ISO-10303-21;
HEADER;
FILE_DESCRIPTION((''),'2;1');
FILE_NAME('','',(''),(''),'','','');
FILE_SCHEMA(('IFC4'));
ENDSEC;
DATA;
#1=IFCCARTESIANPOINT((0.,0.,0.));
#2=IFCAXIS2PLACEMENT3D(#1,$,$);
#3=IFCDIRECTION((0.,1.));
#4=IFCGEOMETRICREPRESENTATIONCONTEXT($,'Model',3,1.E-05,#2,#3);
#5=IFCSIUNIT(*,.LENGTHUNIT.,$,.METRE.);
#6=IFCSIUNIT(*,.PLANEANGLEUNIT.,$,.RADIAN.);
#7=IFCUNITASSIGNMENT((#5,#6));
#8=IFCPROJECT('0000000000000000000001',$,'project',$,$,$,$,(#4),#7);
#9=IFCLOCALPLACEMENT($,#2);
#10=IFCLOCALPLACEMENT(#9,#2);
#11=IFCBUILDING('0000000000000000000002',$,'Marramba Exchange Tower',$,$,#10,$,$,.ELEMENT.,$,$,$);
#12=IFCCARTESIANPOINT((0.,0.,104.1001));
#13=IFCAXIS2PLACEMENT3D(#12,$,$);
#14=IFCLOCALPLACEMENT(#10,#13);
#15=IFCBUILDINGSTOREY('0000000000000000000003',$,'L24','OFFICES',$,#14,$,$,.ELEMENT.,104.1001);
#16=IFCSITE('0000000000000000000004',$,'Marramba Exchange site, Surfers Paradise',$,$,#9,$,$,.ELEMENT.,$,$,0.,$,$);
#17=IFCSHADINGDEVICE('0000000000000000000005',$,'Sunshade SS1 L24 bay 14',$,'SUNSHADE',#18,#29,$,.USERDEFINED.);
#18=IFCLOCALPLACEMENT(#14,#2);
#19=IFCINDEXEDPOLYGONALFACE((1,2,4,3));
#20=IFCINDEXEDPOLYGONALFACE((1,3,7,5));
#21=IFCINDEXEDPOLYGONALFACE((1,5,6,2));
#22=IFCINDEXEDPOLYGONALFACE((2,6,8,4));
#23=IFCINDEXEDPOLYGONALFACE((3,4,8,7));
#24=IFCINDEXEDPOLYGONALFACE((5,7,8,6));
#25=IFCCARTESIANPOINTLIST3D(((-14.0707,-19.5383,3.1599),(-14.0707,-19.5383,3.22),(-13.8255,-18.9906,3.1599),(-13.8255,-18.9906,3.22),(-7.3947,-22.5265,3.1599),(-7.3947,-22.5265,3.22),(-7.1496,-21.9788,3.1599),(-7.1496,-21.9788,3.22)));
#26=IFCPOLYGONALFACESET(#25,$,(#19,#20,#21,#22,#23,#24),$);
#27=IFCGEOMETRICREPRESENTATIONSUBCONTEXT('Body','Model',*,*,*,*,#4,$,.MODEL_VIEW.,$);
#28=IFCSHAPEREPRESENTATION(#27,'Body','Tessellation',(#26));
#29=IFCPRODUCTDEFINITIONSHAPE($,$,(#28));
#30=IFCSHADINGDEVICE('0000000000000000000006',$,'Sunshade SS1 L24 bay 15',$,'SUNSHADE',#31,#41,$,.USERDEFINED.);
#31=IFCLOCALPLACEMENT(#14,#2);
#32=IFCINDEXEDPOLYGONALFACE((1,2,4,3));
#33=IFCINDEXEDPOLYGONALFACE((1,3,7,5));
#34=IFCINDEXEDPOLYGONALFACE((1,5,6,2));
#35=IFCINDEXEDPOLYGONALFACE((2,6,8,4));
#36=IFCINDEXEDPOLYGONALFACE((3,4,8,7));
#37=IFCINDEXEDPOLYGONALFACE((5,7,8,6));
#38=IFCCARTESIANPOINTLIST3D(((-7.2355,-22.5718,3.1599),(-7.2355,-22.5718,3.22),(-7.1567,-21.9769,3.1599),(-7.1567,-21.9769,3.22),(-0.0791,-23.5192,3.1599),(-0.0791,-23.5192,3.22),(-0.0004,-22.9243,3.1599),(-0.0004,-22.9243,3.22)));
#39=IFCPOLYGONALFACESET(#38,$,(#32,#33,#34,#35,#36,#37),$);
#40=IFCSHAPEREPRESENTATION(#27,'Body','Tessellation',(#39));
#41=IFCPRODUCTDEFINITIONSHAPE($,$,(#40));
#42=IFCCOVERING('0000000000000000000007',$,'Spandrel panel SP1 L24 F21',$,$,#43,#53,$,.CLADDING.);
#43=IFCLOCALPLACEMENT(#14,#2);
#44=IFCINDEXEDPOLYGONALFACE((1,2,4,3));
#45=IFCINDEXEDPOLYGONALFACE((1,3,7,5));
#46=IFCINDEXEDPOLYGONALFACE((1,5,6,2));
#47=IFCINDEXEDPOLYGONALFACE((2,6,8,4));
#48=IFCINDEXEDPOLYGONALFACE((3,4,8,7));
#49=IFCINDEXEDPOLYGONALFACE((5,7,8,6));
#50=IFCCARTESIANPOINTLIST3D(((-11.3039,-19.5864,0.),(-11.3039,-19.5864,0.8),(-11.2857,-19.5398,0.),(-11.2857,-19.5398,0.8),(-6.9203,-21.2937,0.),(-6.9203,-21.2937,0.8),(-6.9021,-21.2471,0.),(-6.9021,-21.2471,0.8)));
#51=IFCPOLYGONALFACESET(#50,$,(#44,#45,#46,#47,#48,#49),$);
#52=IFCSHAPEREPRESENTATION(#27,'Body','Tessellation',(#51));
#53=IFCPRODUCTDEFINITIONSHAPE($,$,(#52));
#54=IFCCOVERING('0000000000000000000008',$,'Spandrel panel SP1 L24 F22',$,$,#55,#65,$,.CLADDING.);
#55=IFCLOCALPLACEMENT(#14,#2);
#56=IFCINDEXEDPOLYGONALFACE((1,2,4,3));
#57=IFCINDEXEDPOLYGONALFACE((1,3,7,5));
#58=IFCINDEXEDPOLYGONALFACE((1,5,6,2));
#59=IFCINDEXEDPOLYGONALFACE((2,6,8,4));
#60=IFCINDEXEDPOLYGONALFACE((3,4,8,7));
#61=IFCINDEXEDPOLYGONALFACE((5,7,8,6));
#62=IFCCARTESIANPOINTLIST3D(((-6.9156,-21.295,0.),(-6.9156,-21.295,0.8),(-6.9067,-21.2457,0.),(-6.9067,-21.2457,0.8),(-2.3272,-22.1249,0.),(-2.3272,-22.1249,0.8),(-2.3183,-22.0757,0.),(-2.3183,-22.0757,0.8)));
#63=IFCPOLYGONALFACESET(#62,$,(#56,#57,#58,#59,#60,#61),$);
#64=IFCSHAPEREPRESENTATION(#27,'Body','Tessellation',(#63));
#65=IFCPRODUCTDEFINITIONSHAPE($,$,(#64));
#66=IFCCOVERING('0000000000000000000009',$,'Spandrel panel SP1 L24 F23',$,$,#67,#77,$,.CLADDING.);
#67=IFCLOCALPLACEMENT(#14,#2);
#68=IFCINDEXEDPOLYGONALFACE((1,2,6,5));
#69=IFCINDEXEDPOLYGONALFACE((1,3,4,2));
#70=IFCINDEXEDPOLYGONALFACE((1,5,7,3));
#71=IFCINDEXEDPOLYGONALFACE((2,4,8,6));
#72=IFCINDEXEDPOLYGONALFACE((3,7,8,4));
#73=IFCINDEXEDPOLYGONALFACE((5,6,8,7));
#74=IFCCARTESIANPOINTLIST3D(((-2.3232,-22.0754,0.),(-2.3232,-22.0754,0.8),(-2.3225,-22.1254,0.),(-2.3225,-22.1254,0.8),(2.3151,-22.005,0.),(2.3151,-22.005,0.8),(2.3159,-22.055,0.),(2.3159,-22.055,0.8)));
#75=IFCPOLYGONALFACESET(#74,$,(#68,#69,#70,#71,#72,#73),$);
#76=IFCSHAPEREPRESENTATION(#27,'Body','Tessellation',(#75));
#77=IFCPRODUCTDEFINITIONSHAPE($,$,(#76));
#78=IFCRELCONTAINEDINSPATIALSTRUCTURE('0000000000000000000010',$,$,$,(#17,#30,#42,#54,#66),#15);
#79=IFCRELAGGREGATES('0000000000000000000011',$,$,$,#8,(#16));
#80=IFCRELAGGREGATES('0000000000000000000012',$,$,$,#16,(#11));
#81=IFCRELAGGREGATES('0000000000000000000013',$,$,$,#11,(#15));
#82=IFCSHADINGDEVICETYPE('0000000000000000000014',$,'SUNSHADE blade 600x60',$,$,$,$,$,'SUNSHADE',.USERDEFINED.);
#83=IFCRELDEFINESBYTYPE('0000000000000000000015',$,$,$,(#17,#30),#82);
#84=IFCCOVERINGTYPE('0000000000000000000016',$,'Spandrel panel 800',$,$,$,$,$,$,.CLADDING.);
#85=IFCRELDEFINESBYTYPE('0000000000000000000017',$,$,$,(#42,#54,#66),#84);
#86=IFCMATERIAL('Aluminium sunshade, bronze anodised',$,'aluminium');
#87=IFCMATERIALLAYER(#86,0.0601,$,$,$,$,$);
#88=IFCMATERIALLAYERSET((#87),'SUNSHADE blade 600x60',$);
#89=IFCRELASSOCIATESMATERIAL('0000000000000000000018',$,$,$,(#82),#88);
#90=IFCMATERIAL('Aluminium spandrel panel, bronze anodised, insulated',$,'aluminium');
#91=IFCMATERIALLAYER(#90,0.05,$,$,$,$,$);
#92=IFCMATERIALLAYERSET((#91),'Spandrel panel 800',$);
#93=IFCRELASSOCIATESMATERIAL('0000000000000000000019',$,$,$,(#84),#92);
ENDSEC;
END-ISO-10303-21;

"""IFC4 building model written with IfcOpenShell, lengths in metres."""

from ifc_helpers import new_model, si_unit, direction, frame, origin, origin_2d, place, context, subcontext, project, spatial, rectangle, extrude, material, layer, layer_set, type_object, element, save


model = new_model("IFC4")

# Units and contexts
model_context = context("Model", 3, precision=1e-05, world=origin(), true_north=direction((0.0, 1.0)))
body_context = subcontext(model_context, "Body", "Model", "MODEL_VIEW")
ifc_project = project(units=[si_unit("LENGTHUNIT", "METRE"), si_unit("PLANEANGLEUNIT", "RADIAN")], contexts=[model_context])

# Site, building, storey
site_placement = place(None, origin())
site = spatial("IfcSite", under=ifc_project, at=site_placement, Name="Marramba Exchange site, Surfers Paradise", CompositionType="ELEMENT", RefElevation=0.0)
building_placement = place(site_placement, origin())
building = spatial("IfcBuilding", under=site, at=building_placement, Name="Marramba Exchange Tower", CompositionType="ELEMENT")
storey_placement = place(building_placement, frame((0.0, 0.0, 104.1001)))
storey = spatial("IfcBuildingStorey", under=building, at=storey_placement, Name="L24", Description="OFFICES", CompositionType="ELEMENT", Elevation=104.1001)

# Shading devices
ifc_material_1 = material(Name="Aluminium sunshade, bronze anodised", Category="aluminium")
ifc_layer_1 = layer(ifc_material_1, 0.0601)
ifc_layer_set_1 = layer_set([ifc_layer_1], Name="SUNSHADE blade 600x60")
shading_device_type_1 = type_object("IfcShadingDeviceType", Name="SUNSHADE blade 600x60", ElementType="SUNSHADE", PredefinedType="USERDEFINED", material=ifc_layer_set_1)
shading_device_1_placement = place(storey_placement, frame((-10.6101, -20.7585, 3.1599), z_axis=(0.0, 0.0, 1.0), x_axis=(0.912736, -0.40855, 0.0)))
element("IfcShadingDevice", 1, at=shading_device_1_placement, inside=storey, type_object=shading_device_type_1, Name="Sunshade SS1 L24 bay 14", ObjectType="SUNSHADE", PredefinedType="USERDEFINED", context=body_context, shape_type="SweptSolid", body=[
    extrude(rectangle(XDim=7.3142, YDim=0.6001, at=origin_2d()), origin(), (0.0, 0.0, 1.0), 0.0601),
])
shading_device_2_placement = place(storey_placement, frame((-3.6179, -22.748, 3.1599), z_axis=(0.0, 0.0, 1.0), x_axis=(0.99135, -0.131241, 0.0)))
element("IfcShadingDevice", 2, at=shading_device_2_placement, inside=storey, type_object=shading_device_type_1, Name="Sunshade SS1 L24 bay 15", ObjectType="SUNSHADE", PredefinedType="USERDEFINED", context=body_context, shape_type="SweptSolid", body=[
    extrude(rectangle(XDim=7.2188, YDim=0.6001, at=origin_2d()), origin(), (0.0, 0.0, 1.0), 0.0601),
])

# Coverings
ifc_material_2 = material(Name="Aluminium spandrel panel, bronze anodised, insulated", Category="aluminium")
ifc_layer_2 = layer(ifc_material_2, 0.05)
ifc_layer_set_2 = layer_set([ifc_layer_2], Name="Spandrel panel 800")
covering_type = type_object("IfcCoveringType", Name="Spandrel panel 800", PredefinedType="CLADDING", material=ifc_layer_set_2)
covering_1_placement = place(storey_placement, frame((-9.103, -20.4167, 0.0), z_axis=(0.0, 0.0, 1.0), x_axis=(0.931818, -0.362925, 0.0)))
element("IfcCovering", 3, at=covering_1_placement, inside=storey, type_object=covering_type, Name="Spandrel panel SP1 L24 F21", PredefinedType="CLADDING", context=body_context, shape_type="SweptSolid", body=[
    extrude(rectangle(XDim=4.7043, YDim=0.05, at=origin_2d()), origin(), (0.0, 0.0, 1.0), 0.8),
])
covering_2_placement = place(storey_placement, frame((-4.6169, -21.6853, 0.0), z_axis=(0.0, 0.0, 1.0), x_axis=(0.984032, -0.177992, 0.0)))
element("IfcCovering", 4, at=covering_2_placement, inside=storey, type_object=covering_type, Name="Spandrel panel SP1 L24 F22", PredefinedType="CLADDING", context=body_context, shape_type="SweptSolid", body=[
    extrude(rectangle(XDim=4.6628, YDim=0.05, at=origin_2d()), origin(), (0.0, 0.0, 1.0), 0.8),
])
covering_3_placement = place(storey_placement, frame((-0.0037, -22.0652, 0.0), z_axis=(0.0, 0.0, 1.0), x_axis=(0.999885, 0.015179, 0.0)))
element("IfcCovering", 5, at=covering_3_placement, inside=storey, type_object=covering_type, Name="Spandrel panel SP1 L24 F23", PredefinedType="CLADDING", context=body_context, shape_type="SweptSolid", body=[
    extrude(rectangle(XDim=4.6389, YDim=0.05, at=origin_2d()), origin(), (0.0, 0.0, 1.0), 0.8),
])

save(model, "model.ifc")
